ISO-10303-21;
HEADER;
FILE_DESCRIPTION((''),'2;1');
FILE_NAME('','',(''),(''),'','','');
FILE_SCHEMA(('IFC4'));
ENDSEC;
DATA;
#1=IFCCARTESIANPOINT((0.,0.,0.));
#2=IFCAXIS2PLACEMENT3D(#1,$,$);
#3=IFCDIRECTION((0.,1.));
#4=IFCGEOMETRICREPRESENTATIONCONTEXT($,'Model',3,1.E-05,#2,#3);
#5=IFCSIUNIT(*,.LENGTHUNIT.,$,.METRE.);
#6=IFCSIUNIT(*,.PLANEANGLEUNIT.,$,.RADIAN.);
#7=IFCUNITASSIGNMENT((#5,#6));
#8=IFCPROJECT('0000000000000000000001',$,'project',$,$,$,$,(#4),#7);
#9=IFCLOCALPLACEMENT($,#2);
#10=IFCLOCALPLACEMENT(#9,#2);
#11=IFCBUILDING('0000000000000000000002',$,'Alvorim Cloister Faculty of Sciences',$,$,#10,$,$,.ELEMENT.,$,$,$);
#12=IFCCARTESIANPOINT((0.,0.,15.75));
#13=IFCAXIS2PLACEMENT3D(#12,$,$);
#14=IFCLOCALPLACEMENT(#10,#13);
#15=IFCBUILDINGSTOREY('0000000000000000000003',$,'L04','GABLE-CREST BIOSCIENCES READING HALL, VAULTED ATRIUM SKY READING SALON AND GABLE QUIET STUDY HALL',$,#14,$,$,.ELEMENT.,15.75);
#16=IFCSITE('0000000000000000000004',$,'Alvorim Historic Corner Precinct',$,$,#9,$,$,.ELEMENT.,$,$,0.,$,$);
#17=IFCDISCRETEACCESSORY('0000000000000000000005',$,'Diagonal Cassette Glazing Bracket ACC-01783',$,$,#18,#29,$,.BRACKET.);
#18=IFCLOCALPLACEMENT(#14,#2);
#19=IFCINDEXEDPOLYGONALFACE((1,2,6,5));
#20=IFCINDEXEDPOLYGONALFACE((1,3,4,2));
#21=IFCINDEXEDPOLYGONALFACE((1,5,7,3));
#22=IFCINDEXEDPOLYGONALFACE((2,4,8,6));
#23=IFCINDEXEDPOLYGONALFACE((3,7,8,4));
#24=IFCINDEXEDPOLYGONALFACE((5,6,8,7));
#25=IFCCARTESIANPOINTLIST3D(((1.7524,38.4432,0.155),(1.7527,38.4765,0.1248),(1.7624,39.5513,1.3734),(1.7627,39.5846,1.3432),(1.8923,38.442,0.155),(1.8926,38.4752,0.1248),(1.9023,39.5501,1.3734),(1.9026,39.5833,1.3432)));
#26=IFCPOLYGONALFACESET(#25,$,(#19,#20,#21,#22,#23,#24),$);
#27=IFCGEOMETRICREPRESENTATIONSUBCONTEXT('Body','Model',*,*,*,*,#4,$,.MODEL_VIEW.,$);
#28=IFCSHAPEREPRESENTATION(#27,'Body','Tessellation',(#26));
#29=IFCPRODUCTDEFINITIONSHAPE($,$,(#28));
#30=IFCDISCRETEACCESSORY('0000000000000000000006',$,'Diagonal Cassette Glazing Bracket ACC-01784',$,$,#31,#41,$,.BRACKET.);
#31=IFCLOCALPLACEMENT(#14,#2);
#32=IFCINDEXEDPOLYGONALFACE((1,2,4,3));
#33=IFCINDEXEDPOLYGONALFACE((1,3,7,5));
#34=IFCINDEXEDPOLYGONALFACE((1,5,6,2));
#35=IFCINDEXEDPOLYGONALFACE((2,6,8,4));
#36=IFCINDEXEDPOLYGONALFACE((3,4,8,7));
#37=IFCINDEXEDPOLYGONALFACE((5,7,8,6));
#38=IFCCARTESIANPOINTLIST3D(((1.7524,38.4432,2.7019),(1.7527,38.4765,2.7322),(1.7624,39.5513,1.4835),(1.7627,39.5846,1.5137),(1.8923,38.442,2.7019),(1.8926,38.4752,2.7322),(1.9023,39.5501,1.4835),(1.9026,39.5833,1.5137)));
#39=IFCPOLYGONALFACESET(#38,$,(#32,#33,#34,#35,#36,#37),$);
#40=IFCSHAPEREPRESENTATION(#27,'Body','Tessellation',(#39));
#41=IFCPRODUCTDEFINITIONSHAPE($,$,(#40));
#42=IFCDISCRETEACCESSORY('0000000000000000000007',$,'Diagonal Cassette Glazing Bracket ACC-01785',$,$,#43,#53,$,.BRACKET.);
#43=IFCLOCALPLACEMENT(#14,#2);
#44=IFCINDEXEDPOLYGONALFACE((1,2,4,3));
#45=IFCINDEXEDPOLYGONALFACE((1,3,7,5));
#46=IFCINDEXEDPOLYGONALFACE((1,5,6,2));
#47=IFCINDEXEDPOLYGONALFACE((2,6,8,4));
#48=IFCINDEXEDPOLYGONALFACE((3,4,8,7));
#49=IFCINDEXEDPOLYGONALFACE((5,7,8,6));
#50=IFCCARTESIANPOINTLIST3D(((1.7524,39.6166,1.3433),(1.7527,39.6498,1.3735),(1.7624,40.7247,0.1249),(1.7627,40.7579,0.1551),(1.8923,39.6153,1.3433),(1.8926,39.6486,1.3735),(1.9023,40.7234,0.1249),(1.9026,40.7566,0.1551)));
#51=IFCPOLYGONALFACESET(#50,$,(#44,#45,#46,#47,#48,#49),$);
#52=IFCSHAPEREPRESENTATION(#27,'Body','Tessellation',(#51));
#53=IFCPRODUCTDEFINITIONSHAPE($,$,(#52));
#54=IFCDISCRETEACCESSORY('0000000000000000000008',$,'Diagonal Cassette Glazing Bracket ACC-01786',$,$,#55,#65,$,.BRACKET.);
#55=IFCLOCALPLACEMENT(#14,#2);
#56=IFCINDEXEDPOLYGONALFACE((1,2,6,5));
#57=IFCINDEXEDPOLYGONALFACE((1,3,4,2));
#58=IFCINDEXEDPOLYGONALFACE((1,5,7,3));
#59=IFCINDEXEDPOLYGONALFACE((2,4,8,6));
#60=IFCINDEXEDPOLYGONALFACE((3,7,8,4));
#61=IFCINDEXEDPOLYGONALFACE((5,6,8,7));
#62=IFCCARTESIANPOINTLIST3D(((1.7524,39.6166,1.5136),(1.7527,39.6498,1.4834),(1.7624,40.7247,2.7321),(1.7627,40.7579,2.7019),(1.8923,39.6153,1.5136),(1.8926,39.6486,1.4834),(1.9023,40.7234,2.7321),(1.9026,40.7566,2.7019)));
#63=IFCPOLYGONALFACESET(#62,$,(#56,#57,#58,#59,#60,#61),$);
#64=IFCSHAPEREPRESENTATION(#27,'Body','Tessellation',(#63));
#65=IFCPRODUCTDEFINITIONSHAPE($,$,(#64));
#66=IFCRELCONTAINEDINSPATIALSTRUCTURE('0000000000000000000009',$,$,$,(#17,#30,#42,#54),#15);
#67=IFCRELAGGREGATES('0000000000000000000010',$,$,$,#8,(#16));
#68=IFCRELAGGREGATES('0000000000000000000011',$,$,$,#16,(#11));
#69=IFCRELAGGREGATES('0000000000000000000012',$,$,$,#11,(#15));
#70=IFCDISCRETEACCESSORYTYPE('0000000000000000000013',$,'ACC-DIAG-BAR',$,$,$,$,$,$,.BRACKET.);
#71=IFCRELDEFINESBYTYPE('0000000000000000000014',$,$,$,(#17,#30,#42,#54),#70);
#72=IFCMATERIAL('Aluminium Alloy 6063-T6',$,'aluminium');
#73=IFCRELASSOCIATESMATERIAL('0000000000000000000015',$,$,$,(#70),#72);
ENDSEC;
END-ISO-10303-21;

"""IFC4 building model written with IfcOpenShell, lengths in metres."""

from ifc_helpers import new_model, si_unit, direction, frame, origin, origin_2d, place, context, subcontext, project, spatial, rectangle, extrude, material, type_object, element, save


model = new_model("IFC4")

# Units and contexts
model_context = context("Model", 3, precision=1e-05, world=origin(), true_north=direction((0.0, 1.0)))
body_context = subcontext(model_context, "Body", "Model", "MODEL_VIEW")
ifc_project = project(units=[si_unit("LENGTHUNIT", "METRE"), si_unit("PLANEANGLEUNIT", "RADIAN")], contexts=[model_context])

# Site, building, storey
site_placement = place(None, origin())
site = spatial("IfcSite", under=ifc_project, at=site_placement, Name="Alvorim Historic Corner Precinct", CompositionType="ELEMENT", RefElevation=0.0)
building_placement = place(site_placement, origin())
building = spatial("IfcBuilding", under=site, at=building_placement, Name="Alvorim Cloister Faculty of Sciences", CompositionType="ELEMENT")
storey_placement = place(building_placement, frame((0.0, 0.0, 15.75)))
storey = spatial("IfcBuildingStorey", under=building, at=storey_placement, Name="L04", Description="GABLE-CREST BIOSCIENCES READING HALL, VAULTED ATRIUM SKY READING SALON AND GABLE QUIET STUDY HALL", CompositionType="ELEMENT", Elevation=15.75)

# Discrete accessories
ifc_material_1 = material(Name="Aluminium Alloy 6063-T6", Category="aluminium")
discrete_accessory_type = type_object("IfcDiscreteAccessoryType", Name="ACC-DIAG-BAR", PredefinedType="BRACKET", material=ifc_material_1)
for number, where, z_axis, x_axis, name in (
    (1, (1.8225, 38.4592, 0.1399), (0.006077, 0.672801, 0.739799), (-0.999959, 0.009032, 0.0), "Diagonal Cassette Glazing Bracket ACC-01783"),
    (2, (1.8225, 38.4592, 2.717), (0.006077, 0.672801, -0.739799), (-0.999959, 0.009032, 0.0), "Diagonal Cassette Glazing Bracket ACC-01784"),
    (3, (1.8225, 39.6326, 1.3584), (0.006077, 0.672801, -0.739799), (-0.999959, 0.009032, 0.0), "Diagonal Cassette Glazing Bracket ACC-01785"),
    (4, (1.8225, 39.6326, 1.4985), (0.006077, 0.672801, 0.739799), (-0.999959, 0.009032, 0.0), "Diagonal Cassette Glazing Bracket ACC-01786"),
):
    element("IfcDiscreteAccessory", number, at=place(storey_placement, frame(where, z_axis=z_axis, x_axis=x_axis)), inside=storey, type_object=discrete_accessory_type, Name=name, PredefinedType="BRACKET", context=body_context, shape_type="SweptSolid", body=[
        extrude(rectangle(XDim=0.1399, YDim=0.0449, at=origin_2d()), origin(), (0.0, 0.0, 1.0), 1.647),
    ])

save(model, "model.ifc")
